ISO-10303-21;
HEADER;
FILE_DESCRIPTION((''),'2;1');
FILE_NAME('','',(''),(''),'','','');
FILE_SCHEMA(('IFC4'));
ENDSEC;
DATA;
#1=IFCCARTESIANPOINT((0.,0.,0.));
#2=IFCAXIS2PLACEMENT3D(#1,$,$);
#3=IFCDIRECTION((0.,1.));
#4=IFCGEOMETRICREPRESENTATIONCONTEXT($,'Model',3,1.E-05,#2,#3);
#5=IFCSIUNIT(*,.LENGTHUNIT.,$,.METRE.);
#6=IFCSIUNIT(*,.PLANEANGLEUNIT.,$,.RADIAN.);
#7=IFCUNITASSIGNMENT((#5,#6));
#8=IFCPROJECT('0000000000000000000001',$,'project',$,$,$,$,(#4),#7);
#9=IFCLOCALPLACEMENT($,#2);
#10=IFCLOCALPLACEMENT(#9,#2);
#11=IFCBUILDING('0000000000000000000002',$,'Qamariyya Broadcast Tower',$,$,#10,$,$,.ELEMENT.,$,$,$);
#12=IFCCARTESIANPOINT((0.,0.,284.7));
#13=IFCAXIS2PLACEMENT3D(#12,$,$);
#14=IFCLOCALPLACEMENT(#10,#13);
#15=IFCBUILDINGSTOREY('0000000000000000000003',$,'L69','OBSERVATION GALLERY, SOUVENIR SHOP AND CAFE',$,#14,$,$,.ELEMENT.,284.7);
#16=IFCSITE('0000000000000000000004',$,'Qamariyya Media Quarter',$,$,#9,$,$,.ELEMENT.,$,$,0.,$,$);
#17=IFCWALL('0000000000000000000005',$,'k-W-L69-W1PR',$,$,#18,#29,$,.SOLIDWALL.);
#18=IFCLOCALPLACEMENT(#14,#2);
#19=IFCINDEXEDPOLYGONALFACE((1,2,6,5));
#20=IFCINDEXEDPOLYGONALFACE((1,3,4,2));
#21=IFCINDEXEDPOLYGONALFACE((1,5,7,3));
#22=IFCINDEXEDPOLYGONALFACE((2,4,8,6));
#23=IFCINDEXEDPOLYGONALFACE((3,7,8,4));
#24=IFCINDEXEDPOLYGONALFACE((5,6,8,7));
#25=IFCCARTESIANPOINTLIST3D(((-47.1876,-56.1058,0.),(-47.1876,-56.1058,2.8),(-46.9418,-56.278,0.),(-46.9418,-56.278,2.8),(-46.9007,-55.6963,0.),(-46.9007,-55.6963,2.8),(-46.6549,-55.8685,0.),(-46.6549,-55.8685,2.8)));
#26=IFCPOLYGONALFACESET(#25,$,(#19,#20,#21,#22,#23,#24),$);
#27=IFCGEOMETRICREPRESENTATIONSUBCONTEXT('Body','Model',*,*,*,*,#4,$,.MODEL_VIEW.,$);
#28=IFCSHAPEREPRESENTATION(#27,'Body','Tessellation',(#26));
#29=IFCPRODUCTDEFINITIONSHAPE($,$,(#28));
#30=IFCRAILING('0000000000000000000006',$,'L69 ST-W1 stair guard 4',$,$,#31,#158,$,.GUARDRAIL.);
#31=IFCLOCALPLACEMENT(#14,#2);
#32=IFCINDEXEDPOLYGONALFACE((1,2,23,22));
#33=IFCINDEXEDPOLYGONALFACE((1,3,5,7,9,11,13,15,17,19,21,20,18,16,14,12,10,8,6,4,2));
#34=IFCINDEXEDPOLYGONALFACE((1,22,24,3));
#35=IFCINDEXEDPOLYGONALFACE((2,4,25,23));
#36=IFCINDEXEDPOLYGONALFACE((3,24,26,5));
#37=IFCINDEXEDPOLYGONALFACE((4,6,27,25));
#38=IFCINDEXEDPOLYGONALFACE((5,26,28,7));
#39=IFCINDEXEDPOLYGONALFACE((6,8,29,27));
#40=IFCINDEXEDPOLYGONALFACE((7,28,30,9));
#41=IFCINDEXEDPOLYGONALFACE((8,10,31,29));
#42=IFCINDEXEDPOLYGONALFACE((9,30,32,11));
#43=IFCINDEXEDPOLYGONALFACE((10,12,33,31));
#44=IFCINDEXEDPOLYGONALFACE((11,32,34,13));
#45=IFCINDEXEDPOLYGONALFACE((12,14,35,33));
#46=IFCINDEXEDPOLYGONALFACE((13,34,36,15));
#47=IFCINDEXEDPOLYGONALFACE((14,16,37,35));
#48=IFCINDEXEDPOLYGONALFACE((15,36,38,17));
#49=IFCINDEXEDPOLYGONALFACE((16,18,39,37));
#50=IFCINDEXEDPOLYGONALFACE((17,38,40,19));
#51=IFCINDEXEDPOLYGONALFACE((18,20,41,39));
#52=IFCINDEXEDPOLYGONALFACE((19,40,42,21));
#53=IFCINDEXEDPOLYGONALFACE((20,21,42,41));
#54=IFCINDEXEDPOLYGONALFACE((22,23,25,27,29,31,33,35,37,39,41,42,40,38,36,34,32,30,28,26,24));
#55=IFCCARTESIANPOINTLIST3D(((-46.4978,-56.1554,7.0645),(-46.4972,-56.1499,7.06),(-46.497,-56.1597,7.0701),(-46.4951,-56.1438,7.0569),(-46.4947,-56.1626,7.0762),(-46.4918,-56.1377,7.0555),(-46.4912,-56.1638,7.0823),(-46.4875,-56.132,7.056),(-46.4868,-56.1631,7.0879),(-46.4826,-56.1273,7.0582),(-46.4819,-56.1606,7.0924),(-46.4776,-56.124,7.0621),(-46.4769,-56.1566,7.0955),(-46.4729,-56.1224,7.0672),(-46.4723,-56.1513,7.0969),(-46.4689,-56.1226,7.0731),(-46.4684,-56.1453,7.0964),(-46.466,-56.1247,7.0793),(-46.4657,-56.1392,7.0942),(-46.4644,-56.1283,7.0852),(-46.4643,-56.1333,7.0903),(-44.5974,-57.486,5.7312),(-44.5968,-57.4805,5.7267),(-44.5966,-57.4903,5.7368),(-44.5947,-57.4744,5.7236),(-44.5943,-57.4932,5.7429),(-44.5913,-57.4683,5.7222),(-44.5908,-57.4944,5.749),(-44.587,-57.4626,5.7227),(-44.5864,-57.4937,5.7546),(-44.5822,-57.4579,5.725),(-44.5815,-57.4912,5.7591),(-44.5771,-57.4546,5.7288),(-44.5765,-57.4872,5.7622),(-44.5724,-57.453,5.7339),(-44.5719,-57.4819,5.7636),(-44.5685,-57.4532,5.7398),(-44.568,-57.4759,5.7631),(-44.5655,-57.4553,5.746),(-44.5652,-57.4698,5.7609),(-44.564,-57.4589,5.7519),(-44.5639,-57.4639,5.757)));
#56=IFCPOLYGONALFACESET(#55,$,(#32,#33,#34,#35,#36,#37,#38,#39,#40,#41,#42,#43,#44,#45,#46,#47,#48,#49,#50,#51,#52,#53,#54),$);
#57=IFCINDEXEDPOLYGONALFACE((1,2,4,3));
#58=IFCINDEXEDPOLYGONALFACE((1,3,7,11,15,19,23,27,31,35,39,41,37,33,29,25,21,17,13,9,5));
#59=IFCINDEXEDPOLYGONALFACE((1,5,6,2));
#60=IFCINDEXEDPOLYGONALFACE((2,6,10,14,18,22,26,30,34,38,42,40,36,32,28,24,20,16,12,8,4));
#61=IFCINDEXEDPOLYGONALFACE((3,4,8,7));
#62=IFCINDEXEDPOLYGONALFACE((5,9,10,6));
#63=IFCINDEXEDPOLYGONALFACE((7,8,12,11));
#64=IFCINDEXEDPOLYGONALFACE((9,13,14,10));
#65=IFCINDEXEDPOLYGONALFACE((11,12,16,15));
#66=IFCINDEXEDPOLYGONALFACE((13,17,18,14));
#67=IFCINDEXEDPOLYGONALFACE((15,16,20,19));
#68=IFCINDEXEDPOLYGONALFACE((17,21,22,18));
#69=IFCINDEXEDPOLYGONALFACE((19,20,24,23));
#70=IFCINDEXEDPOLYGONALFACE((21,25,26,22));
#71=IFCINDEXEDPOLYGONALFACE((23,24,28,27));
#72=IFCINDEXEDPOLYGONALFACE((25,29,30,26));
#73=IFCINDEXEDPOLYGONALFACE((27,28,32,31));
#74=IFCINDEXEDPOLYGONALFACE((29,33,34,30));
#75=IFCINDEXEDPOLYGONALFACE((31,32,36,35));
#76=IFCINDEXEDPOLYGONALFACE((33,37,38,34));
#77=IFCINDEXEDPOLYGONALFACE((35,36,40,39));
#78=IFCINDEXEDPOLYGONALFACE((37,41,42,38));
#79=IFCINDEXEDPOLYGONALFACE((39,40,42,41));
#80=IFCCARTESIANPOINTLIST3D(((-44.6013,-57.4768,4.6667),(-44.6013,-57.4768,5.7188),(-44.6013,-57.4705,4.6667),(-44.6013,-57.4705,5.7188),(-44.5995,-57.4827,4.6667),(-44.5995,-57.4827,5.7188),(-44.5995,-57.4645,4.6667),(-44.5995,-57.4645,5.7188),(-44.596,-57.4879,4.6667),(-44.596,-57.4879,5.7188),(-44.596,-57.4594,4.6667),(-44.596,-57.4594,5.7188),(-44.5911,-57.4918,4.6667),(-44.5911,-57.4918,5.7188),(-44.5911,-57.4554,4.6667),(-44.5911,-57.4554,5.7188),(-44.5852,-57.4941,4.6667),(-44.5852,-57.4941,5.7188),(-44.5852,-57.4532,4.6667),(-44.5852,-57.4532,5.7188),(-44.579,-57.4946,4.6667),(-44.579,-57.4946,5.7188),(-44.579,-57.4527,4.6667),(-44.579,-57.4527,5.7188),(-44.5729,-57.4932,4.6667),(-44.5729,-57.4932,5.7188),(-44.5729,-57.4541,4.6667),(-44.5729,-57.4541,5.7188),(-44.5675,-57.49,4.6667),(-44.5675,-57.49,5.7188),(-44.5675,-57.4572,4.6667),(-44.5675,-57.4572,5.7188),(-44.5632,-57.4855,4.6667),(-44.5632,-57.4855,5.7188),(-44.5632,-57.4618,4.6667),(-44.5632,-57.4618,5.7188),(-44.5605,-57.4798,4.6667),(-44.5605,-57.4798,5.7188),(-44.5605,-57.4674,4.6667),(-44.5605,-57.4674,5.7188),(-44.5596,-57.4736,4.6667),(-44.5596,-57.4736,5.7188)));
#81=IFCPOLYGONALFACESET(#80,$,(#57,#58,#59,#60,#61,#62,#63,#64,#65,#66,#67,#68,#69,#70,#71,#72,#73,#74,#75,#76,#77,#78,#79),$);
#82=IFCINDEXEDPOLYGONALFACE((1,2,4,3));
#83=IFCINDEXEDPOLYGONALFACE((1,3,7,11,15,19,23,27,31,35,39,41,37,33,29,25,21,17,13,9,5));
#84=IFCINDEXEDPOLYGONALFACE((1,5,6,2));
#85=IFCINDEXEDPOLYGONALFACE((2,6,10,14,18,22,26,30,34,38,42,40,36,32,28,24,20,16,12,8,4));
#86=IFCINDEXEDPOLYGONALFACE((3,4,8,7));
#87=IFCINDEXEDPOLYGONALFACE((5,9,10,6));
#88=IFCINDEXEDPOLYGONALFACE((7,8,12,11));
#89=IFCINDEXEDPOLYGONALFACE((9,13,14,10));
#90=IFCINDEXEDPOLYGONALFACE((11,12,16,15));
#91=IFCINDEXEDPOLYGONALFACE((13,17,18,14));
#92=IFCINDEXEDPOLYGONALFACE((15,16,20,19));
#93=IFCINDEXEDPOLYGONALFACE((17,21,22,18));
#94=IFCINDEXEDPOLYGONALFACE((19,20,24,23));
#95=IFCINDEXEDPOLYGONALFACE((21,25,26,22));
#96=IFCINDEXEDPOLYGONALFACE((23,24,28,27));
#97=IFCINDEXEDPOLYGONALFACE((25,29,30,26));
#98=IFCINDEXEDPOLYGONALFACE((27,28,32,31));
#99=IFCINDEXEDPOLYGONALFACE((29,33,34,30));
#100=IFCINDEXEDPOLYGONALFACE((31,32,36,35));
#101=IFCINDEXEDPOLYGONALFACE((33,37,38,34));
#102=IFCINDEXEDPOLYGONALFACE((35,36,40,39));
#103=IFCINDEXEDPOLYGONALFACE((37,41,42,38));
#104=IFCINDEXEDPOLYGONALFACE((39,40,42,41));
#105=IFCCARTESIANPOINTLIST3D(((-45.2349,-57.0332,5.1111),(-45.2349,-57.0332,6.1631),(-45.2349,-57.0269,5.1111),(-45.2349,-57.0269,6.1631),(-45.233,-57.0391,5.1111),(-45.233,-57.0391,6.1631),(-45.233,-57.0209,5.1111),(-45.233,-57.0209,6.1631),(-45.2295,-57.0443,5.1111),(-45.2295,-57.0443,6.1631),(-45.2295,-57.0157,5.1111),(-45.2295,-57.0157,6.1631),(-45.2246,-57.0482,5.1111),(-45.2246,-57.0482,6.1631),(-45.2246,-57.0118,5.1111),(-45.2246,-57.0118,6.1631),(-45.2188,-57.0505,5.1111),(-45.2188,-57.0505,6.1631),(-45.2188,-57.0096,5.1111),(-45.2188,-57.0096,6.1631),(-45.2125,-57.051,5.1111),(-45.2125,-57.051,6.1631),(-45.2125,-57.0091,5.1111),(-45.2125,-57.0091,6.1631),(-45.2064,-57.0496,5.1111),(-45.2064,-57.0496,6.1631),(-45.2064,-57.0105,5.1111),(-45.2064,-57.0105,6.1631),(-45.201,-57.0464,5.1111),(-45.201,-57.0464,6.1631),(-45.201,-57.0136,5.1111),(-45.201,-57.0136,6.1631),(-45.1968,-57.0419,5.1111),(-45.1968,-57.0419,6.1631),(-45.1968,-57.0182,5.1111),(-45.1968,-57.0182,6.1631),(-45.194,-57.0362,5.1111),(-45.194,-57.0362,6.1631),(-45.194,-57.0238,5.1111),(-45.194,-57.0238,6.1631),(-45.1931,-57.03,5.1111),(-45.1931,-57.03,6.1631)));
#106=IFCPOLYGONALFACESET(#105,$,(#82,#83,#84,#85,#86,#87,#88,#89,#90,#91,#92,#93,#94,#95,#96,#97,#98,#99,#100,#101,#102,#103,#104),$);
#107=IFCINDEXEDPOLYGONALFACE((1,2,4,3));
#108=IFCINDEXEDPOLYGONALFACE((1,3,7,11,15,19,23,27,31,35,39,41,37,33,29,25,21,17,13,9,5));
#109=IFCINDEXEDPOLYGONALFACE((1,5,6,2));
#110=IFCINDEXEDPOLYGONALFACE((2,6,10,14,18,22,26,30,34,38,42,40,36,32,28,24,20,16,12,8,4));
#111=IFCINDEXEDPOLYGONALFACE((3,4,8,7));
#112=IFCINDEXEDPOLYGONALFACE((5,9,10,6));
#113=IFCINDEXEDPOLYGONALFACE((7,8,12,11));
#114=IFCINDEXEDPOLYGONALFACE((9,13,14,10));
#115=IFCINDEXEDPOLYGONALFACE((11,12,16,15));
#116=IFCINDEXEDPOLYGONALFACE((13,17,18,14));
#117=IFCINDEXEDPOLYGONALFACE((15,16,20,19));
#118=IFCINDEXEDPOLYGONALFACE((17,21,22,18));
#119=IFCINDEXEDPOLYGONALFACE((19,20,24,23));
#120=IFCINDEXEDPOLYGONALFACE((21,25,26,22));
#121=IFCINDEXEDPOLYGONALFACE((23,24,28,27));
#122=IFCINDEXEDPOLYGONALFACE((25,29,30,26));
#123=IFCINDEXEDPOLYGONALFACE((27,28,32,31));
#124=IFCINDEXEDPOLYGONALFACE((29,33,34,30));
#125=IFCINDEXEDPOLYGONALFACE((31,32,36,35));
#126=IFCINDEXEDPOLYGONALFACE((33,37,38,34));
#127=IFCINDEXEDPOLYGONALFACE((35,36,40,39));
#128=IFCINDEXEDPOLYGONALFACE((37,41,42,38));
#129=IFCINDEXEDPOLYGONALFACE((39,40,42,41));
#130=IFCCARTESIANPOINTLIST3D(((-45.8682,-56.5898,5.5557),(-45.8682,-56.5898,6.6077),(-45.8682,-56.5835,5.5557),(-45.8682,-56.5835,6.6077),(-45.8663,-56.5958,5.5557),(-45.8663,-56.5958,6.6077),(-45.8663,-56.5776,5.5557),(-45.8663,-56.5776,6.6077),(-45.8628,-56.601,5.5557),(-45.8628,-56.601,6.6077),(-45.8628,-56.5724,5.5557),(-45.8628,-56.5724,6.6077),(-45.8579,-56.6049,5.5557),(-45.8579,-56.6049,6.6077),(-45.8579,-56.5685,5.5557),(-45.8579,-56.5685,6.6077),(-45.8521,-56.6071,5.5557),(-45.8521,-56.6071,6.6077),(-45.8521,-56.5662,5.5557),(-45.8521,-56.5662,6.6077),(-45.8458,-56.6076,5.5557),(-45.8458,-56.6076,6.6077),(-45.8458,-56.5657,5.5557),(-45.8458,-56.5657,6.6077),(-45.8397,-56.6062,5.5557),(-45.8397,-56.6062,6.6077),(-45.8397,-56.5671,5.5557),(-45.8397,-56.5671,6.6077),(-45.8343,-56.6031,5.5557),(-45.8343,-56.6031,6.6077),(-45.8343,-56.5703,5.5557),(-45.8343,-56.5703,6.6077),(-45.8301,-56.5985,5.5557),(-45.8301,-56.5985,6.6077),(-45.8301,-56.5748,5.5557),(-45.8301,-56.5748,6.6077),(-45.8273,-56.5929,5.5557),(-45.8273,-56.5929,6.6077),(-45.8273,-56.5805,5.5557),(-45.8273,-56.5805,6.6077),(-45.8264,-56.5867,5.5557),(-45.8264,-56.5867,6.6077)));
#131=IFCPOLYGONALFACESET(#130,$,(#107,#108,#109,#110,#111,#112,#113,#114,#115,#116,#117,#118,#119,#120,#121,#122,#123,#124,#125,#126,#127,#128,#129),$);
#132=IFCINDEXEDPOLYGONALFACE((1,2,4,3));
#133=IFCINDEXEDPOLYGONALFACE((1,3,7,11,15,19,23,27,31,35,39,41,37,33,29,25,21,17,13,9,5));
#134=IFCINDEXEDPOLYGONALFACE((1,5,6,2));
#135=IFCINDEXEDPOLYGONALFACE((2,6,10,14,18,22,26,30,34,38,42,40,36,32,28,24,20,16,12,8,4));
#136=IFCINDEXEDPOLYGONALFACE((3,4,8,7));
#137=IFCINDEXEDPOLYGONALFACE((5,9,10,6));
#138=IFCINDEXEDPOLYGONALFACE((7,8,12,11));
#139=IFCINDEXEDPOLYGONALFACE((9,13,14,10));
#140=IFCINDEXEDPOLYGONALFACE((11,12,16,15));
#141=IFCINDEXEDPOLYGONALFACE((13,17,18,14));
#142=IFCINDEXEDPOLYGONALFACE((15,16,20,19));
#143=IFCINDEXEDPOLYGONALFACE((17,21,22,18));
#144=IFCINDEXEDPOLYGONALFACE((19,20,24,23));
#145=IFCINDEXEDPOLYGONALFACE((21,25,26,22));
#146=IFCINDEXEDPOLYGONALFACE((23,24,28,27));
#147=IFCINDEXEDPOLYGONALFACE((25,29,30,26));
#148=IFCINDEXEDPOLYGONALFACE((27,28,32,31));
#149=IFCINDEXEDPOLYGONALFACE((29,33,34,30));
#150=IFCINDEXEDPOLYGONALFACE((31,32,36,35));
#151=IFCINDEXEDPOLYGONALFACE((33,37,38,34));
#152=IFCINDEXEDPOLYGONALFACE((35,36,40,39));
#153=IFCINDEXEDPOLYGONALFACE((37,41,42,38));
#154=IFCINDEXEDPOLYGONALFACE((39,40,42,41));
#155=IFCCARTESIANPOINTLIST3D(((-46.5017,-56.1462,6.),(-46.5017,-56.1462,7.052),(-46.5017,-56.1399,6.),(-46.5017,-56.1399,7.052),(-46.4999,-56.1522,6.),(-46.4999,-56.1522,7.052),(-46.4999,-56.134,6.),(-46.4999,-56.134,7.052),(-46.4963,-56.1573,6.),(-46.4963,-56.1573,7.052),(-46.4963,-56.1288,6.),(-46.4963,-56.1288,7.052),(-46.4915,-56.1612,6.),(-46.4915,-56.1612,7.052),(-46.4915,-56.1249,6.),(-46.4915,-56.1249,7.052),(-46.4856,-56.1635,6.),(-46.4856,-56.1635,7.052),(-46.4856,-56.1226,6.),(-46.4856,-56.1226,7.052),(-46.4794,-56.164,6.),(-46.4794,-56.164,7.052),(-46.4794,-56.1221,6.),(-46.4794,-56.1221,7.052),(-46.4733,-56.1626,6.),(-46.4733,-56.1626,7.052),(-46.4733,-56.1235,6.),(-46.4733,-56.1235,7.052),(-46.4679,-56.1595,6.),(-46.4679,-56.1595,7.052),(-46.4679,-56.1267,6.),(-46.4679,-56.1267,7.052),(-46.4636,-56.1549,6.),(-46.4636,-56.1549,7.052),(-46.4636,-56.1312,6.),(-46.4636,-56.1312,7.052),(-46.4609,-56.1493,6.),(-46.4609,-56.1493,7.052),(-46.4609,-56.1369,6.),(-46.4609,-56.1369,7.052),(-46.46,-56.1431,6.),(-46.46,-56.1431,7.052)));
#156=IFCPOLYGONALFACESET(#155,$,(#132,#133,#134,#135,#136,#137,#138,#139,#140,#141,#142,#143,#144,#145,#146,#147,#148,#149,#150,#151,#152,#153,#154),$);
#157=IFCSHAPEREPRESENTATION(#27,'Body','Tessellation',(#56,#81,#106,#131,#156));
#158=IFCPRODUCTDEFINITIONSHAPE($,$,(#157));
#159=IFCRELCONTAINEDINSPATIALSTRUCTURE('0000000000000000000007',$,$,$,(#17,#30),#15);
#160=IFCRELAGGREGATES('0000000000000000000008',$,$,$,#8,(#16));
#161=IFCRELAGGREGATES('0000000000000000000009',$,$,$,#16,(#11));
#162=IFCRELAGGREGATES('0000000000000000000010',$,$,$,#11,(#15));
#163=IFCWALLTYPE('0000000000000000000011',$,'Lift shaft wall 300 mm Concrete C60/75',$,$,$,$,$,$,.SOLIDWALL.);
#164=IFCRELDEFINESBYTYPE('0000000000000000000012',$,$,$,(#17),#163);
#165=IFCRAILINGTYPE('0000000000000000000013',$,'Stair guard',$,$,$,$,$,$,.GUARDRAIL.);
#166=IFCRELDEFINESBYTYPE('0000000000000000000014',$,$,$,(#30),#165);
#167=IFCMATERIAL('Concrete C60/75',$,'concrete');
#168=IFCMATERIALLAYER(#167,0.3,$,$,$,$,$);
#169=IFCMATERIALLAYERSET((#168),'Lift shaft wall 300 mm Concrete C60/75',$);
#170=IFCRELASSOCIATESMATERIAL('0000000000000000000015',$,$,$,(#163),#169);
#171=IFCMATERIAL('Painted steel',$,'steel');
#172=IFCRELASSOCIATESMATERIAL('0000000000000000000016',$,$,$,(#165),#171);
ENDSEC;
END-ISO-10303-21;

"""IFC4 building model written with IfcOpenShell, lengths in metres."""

from ifc_helpers import new_model, si_unit, direction, frame, frame_2d, origin, origin_2d, place, context, subcontext, project, spatial, rectangle, circle, extrude, material, layer, layer_set, type_object, element, save


model = new_model("IFC4")

# Units and contexts
model_context = context("Model", 3, precision=1e-05, world=origin(), true_north=direction((0.0, 1.0)))
body_context = subcontext(model_context, "Body", "Model", "MODEL_VIEW")
ifc_project = project(units=[si_unit("LENGTHUNIT", "METRE"), si_unit("PLANEANGLEUNIT", "RADIAN")], contexts=[model_context])

# Site, building, storey
site_placement = place(None, origin())
site = spatial("IfcSite", under=ifc_project, at=site_placement, Name="Qamariyya Media Quarter", CompositionType="ELEMENT", RefElevation=0.0)
building_placement = place(site_placement, origin())
building = spatial("IfcBuilding", under=site, at=building_placement, Name="Qamariyya Broadcast Tower", CompositionType="ELEMENT")
storey_placement = place(building_placement, frame((0.0, 0.0, 284.7)))
storey = spatial("IfcBuildingStorey", under=building, at=storey_placement, Name="L69", Description="OBSERVATION GALLERY, SOUVENIR SHOP AND CAFE", CompositionType="ELEMENT", Elevation=284.7)

# Shared definitions
ifc_material_1 = material(Name="Concrete C60/75", Category="concrete")

# Shared definitions
ifc_layer_1 = layer(ifc_material_1, 0.3)
ifc_layer_set_1 = layer_set([ifc_layer_1], Name="Lift shaft wall 300 mm Concrete C60/75")
wall_type_1 = type_object("IfcWallType", Name="Lift shaft wall 300 mm Concrete C60/75", PredefinedType="SOLIDWALL", material=ifc_layer_set_1)

# Wall
wall_1_placement = place(storey_placement, frame((-47.0647, -56.1919, 0.0), z_axis=(0.0, 0.0, 1.0), x_axis=(0.573823, 0.818979, 0.0)))
element("IfcWall", 1, at=wall_1_placement, inside=storey, type_object=wall_type_1, Name="k-W-L69-W1PR", PredefinedType="SOLIDWALL", context=body_context, shape_type="SweptSolid", body=[
    extrude(rectangle(XDim=0.5, YDim=0.3, at=frame_2d((0.25, 0.0))), origin(), (0.0, 0.0, 1.0), 2.8),
])

# Railing
ifc_material_2 = material(Name="Painted steel", Category="steel")
railing_type_1 = type_object("IfcRailingType", Name="Stair guard", PredefinedType="GUARDRAIL", material=ifc_material_2)
railing_1_placement = place(storey_placement, frame((-44.5806, -57.4736, 4.6667)))
element("IfcRailing", 2, at=railing_1_placement, inside=storey, type_object=railing_type_1, Name="L69 ST-W1 stair guard 4", PredefinedType="GUARDRAIL", context=body_context, shape_type="SweptSolid", body=[
    extrude(circle(Radius=0.0239, at=origin_2d()), frame((0.0, 0.0, 1.0762), z_axis=(-0.710236, 0.497275, 0.498279), x_axis=(-0.573547, -0.819173, 0.0)), (0.0, 0.0, 1.0), 2.6758),
    extrude(circle(Radius=0.021, at=origin_2d()), origin(), (0.0, 0.0, 1.0), 1.052),
    extrude(circle(Radius=0.021, at=origin_2d()), frame((-0.6335, 0.4436, 0.4443)), (0.0, 0.0, 1.0), 1.052),
    extrude(circle(Radius=0.021, at=origin_2d()), frame((-1.2668, 0.887, 0.8889)), (0.0, 0.0, 1.0), 1.052),
    extrude(circle(Radius=0.021, at=origin_2d()), frame((-1.9004, 1.3306, 1.3333)), (0.0, 0.0, 1.0), 1.052),
])

save(model, "model.ifc")
